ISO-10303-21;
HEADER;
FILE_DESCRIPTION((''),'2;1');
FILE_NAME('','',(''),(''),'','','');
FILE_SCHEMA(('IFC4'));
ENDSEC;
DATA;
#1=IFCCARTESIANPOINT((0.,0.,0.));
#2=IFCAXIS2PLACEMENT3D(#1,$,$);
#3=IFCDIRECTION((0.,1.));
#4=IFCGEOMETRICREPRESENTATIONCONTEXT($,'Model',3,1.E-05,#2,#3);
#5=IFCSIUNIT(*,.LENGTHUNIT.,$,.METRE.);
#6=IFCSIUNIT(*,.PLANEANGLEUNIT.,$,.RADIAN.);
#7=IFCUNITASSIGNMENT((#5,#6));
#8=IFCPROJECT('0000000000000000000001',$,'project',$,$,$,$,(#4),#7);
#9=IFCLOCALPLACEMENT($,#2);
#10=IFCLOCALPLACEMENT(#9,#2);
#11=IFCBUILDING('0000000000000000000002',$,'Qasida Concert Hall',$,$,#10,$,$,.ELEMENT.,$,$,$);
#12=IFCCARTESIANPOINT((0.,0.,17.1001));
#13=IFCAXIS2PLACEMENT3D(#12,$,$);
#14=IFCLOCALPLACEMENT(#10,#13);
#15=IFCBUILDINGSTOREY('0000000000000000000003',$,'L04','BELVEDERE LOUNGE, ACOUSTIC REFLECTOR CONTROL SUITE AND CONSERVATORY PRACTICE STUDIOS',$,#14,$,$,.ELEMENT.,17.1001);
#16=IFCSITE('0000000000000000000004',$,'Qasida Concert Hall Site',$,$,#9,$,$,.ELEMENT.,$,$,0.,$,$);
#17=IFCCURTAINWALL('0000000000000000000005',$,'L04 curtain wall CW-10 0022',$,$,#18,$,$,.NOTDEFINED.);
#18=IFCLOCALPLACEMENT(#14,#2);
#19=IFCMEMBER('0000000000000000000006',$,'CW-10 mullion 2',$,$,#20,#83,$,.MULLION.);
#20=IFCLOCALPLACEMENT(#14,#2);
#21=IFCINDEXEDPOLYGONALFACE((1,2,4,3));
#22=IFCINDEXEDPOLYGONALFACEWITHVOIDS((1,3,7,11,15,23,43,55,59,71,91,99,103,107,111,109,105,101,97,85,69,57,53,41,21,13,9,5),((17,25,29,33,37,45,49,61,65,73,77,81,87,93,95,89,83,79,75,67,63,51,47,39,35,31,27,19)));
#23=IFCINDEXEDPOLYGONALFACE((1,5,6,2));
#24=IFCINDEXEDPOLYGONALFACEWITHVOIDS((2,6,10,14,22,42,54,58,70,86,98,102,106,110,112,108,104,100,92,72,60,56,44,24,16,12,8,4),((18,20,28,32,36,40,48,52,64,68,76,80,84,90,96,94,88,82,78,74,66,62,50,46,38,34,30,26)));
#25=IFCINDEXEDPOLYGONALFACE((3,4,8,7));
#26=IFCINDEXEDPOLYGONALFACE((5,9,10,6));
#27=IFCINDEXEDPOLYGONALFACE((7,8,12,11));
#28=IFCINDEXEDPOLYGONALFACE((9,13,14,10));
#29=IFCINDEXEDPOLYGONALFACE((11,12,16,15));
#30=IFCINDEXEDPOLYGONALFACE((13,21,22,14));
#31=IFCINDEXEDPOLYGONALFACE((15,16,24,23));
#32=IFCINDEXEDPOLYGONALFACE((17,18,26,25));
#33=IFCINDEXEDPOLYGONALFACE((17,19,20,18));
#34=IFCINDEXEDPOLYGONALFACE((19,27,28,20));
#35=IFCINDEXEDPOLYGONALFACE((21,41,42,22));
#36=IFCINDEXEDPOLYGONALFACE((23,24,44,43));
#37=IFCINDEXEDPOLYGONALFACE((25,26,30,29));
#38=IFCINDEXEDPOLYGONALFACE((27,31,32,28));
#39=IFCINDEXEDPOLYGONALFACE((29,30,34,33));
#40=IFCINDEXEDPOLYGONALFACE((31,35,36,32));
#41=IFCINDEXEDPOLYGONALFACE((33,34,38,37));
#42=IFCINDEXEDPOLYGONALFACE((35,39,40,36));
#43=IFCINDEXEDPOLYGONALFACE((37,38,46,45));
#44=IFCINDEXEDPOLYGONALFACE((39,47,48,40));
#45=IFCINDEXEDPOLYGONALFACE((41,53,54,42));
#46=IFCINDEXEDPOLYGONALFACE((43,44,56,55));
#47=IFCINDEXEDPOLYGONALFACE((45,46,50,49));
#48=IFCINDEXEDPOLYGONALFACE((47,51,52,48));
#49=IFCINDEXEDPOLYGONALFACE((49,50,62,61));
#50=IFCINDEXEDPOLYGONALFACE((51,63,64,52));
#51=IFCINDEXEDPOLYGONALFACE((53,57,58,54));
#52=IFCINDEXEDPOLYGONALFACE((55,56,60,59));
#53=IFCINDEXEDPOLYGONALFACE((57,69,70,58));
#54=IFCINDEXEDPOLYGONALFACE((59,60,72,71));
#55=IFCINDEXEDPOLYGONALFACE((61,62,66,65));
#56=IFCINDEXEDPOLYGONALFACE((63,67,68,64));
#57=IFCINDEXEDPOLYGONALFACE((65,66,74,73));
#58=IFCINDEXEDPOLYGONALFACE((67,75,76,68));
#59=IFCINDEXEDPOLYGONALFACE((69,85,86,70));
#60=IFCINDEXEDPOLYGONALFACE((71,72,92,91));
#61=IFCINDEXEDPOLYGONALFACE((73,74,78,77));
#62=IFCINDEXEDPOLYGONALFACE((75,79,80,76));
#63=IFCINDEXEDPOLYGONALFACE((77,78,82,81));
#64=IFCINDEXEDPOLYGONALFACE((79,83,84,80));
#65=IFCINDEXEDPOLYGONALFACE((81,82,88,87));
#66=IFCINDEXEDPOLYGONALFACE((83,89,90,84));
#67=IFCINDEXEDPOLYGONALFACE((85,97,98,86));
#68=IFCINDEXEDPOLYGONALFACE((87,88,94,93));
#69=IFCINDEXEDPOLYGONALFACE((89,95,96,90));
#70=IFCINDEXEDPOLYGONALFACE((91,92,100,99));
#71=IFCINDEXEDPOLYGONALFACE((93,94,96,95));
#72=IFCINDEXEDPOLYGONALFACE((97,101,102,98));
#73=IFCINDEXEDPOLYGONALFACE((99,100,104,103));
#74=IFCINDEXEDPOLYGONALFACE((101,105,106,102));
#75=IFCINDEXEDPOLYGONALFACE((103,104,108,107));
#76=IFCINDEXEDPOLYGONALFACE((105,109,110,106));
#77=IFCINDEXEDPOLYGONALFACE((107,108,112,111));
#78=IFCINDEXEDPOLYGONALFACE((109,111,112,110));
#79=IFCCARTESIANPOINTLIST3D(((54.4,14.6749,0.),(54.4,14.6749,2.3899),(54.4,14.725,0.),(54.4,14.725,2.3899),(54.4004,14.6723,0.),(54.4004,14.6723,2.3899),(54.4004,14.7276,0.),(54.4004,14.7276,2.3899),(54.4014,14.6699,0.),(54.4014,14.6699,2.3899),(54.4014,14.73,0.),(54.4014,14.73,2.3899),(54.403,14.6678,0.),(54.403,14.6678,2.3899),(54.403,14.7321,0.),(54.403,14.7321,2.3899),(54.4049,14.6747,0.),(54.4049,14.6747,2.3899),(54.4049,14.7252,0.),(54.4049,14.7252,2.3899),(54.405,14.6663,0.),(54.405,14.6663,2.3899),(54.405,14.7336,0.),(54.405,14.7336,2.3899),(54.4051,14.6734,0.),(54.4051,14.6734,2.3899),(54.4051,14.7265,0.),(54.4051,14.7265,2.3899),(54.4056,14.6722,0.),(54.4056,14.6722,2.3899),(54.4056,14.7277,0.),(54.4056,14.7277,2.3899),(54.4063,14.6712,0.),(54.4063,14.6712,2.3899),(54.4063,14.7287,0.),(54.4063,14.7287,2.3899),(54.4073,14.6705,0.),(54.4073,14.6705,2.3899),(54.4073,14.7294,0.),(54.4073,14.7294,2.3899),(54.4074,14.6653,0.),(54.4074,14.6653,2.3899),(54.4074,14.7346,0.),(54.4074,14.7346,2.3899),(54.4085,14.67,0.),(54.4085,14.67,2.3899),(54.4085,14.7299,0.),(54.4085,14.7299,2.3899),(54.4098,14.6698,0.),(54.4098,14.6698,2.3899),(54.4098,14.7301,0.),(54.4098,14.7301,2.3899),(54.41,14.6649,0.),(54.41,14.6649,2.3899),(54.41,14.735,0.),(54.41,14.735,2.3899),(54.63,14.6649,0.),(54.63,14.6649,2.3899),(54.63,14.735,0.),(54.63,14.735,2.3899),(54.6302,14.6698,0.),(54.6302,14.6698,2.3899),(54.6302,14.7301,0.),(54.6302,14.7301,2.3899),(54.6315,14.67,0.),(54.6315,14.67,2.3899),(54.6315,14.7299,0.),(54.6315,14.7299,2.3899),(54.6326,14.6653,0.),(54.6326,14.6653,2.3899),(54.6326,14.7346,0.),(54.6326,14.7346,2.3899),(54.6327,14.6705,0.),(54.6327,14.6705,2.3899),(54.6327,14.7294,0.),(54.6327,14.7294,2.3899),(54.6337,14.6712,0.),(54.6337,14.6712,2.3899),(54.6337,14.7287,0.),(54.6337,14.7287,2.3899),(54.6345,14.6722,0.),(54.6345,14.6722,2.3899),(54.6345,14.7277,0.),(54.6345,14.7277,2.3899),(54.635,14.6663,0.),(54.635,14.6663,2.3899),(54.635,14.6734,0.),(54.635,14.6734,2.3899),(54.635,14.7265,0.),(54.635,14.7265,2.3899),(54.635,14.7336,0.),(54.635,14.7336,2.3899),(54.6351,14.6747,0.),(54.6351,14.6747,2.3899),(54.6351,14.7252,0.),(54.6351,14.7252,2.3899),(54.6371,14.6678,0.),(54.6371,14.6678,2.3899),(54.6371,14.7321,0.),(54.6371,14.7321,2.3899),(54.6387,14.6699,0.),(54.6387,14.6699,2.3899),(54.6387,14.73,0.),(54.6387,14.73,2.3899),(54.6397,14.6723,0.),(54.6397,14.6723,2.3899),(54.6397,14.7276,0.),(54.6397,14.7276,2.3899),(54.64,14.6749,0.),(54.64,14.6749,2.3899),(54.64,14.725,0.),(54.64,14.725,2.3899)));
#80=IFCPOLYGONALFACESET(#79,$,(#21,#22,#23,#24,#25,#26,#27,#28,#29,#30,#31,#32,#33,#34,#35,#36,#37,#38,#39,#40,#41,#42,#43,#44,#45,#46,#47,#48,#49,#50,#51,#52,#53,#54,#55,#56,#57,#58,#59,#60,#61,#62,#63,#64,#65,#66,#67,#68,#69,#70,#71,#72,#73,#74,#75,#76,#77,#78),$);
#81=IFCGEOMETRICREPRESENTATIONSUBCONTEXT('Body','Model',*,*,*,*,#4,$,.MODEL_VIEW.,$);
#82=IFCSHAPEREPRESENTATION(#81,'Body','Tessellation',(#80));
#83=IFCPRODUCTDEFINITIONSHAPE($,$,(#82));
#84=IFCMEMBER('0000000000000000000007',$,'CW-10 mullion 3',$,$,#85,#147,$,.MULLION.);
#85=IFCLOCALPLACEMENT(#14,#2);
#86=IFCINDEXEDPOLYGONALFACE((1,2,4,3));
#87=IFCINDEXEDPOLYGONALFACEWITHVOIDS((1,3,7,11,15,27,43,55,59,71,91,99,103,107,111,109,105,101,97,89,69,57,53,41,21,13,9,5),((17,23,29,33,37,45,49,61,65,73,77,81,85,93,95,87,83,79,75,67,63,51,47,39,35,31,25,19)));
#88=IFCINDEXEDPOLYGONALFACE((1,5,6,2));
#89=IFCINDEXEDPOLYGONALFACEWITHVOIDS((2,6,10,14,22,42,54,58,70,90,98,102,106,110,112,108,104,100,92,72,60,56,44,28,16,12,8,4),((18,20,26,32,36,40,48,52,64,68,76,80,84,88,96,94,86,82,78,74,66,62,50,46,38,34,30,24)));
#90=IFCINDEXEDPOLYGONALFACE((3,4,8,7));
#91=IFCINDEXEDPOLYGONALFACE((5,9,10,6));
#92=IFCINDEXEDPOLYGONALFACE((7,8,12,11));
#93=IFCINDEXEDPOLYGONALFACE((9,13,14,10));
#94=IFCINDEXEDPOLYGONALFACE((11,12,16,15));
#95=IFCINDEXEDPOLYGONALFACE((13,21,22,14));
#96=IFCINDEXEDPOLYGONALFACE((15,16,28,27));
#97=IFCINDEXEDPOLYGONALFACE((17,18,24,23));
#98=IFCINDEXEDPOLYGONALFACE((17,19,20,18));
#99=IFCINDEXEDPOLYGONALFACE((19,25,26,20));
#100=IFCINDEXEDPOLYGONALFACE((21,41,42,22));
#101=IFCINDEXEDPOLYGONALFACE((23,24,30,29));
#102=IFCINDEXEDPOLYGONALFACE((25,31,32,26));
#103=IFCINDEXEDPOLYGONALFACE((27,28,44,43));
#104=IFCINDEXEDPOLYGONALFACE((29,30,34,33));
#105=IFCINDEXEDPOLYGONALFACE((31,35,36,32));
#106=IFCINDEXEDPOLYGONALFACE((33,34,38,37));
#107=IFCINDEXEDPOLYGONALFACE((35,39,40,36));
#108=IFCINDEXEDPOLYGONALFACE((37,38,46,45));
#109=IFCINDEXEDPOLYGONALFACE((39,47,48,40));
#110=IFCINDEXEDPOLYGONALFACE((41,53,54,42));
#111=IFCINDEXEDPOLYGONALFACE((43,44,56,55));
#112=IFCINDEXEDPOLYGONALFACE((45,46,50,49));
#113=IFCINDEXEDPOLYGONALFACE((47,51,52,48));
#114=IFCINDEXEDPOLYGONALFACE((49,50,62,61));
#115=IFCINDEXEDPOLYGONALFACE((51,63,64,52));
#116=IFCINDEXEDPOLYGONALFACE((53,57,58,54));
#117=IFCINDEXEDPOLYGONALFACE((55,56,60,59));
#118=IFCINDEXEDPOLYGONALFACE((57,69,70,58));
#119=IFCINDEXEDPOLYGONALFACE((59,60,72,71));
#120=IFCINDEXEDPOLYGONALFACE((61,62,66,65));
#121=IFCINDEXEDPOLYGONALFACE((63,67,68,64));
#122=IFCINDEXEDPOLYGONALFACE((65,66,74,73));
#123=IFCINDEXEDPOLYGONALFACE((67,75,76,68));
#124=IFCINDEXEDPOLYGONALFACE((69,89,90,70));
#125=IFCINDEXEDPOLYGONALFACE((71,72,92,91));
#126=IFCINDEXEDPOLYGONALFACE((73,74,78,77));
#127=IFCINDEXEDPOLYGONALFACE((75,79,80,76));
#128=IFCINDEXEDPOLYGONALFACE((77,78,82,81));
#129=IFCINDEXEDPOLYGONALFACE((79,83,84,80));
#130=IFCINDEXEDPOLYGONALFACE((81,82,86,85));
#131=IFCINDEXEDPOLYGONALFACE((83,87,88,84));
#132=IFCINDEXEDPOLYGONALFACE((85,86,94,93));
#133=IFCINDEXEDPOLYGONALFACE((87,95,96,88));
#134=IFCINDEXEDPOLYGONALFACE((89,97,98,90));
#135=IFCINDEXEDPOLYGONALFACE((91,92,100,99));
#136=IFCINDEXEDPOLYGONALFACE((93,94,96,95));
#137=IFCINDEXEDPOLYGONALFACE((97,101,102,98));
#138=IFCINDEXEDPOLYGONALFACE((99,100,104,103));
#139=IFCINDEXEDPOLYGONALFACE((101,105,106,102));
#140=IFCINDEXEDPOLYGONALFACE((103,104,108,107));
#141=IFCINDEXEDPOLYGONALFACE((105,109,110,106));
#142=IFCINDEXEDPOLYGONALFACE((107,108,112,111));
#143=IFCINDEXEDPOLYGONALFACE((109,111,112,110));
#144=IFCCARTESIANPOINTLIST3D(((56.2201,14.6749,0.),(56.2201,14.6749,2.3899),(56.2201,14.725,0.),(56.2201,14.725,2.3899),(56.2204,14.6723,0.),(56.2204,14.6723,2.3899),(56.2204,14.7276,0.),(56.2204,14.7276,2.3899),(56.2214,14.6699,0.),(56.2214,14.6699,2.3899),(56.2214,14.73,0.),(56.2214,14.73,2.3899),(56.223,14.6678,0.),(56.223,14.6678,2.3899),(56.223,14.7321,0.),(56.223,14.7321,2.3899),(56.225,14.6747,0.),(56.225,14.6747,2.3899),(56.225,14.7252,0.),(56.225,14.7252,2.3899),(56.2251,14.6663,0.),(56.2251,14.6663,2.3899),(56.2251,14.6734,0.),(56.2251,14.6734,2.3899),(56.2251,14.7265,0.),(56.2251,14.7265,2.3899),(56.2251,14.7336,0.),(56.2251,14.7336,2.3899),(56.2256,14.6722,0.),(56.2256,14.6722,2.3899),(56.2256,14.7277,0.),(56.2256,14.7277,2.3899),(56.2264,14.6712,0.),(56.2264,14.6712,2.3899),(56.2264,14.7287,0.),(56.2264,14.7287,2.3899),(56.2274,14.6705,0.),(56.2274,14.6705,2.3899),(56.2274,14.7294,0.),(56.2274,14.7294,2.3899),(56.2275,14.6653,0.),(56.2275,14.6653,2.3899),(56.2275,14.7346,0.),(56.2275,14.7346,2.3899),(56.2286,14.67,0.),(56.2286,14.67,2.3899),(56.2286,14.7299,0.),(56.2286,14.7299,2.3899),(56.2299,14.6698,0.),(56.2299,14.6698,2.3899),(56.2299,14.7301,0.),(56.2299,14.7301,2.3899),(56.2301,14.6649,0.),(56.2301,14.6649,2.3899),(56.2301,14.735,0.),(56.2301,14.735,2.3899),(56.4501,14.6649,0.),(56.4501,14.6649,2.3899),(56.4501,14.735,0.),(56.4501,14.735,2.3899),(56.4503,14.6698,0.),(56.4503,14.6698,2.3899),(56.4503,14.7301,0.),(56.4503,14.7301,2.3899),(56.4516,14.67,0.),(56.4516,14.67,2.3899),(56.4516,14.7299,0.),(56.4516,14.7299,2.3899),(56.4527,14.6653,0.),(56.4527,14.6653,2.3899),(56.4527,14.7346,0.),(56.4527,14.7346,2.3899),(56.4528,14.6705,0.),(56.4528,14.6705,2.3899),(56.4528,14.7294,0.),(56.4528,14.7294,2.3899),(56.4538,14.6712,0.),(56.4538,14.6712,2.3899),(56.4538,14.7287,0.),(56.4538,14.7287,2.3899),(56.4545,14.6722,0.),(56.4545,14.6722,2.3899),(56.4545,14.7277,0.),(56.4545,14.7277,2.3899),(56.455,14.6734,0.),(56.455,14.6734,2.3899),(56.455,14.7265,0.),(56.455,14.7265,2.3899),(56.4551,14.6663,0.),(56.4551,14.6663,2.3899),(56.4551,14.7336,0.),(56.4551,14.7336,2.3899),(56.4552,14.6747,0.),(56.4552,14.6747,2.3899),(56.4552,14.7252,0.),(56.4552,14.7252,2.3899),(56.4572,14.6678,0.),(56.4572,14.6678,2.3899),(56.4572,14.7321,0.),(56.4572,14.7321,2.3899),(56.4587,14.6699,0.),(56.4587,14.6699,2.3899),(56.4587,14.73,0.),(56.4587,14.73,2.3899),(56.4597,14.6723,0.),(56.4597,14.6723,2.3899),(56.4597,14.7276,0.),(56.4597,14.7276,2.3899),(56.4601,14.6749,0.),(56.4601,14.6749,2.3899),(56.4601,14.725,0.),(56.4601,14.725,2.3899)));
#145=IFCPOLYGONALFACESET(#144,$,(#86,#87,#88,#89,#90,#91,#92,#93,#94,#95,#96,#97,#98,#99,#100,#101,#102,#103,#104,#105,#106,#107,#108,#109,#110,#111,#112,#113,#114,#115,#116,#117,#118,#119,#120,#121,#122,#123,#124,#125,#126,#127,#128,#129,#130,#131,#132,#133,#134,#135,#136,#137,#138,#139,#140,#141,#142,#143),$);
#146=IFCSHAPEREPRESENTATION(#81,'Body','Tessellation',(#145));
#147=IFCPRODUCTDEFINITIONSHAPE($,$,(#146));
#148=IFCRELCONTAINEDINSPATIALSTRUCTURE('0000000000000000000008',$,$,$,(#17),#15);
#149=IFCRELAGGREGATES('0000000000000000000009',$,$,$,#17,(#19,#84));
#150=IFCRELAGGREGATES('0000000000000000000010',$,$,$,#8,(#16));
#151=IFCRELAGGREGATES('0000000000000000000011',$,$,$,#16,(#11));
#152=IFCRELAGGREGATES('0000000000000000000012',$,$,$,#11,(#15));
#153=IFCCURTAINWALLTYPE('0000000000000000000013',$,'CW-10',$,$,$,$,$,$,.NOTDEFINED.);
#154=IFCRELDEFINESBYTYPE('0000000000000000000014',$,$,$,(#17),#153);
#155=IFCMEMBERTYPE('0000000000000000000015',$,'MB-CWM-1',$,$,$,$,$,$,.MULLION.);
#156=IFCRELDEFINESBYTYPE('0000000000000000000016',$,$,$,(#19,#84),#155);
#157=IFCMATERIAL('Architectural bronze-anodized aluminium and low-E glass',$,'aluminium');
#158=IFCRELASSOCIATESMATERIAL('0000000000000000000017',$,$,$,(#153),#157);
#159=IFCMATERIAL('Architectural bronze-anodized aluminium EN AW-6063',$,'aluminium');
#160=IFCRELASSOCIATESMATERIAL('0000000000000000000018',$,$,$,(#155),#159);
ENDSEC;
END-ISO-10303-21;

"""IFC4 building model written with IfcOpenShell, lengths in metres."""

from ifc_helpers import new_model, si_unit, direction, frame, origin, origin_2d, place, context, subcontext, project, spatial, hollow_rectangle, extrude, material, material_profile, profile_set, type_object, element, aggregate, save


model = new_model("IFC4")

# Units and contexts
model_context = context("Model", 3, precision=1e-05, world=origin(), true_north=direction((0.0, 1.0)))
body_context = subcontext(model_context, "Body", "Model", "MODEL_VIEW")
ifc_project = project(units=[si_unit("LENGTHUNIT", "METRE"), si_unit("PLANEANGLEUNIT", "RADIAN")], contexts=[model_context])

# Site, building, storey
site_placement = place(None, origin())
site = spatial("IfcSite", under=ifc_project, at=site_placement, Name="Qasida Concert Hall Site", CompositionType="ELEMENT", RefElevation=0.0)
building_placement = place(site_placement, origin())
building = spatial("IfcBuilding", under=site, at=building_placement, Name="Qasida Concert Hall", CompositionType="ELEMENT")
storey_placement = place(building_placement, frame((0.0, 0.0, 17.1001)))
storey = spatial("IfcBuildingStorey", under=building, at=storey_placement, Name="L04", Description="BELVEDERE LOUNGE, ACOUSTIC REFLECTOR CONTROL SUITE AND CONSERVATORY PRACTICE STUDIOS", CompositionType="ELEMENT", Elevation=17.1001)

# Curtain wall, members
ifc_material_1 = material(Name="Architectural bronze-anodized aluminium and low-E glass", Category="aluminium")
curtain_wall_type = type_object("IfcCurtainWallType", Name="CW-10", PredefinedType="NOTDEFINED", material=ifc_material_1)
curtain_wall_placement = place(storey_placement, origin())
curtain_wall = element("IfcCurtainWall", 1, at=curtain_wall_placement, inside=storey, type_object=curtain_wall_type, Name="L04 curtain wall CW-10 0022", PredefinedType="NOTDEFINED")
ifc_material_2 = material(Name="Architectural bronze-anodized aluminium EN AW-6063", Category="aluminium")
ifc_material_profile_1 = material_profile(ifc_material_2, hollow_rectangle(XDim=0.0701, YDim=0.24, WallThickness=0.0049, InnerFilletRadius=0.0049, OuterFilletRadius=0.01, at=origin_2d()), Name="CWM 240x70x5")
ifc_profile_set_1 = profile_set([ifc_material_profile_1], Name="Architectural bronze-anodized aluminium EN AW-6063")
member_type_1 = type_object("IfcMemberType", Name="MB-CWM-1", PredefinedType="MULLION", material=ifc_profile_set_1)
member_1_placement = place(storey_placement, frame((54.52, 14.7, 0.0), z_axis=(0.0, 0.0, 1.0), x_axis=(0.0, 1.0, 0.0)))
member_1 = element("IfcMember", 2, at=member_1_placement, type_object=member_type_1, Name="CW-10 mullion 2", PredefinedType="MULLION", context=body_context, shape_type="SweptSolid", body=[
    extrude(hollow_rectangle(XDim=0.0701, YDim=0.24, WallThickness=0.0049, InnerFilletRadius=0.0049, OuterFilletRadius=0.01, at=origin_2d()), origin(), (0.0, 0.0, 1.0), 2.3899),
])
member_2_placement = place(storey_placement, frame((56.3401, 14.7, 0.0), z_axis=(0.0, 0.0, 1.0), x_axis=(0.0, 1.0, 0.0)))
member_2 = element("IfcMember", 3, at=member_2_placement, type_object=member_type_1, Name="CW-10 mullion 3", PredefinedType="MULLION", context=body_context, shape_type="SweptSolid", body=[
    extrude(hollow_rectangle(XDim=0.0701, YDim=0.24, WallThickness=0.0049, InnerFilletRadius=0.0049, OuterFilletRadius=0.01, at=origin_2d()), origin(), (0.0, 0.0, 1.0), 2.3899),
])
aggregate(curtain_wall, [member_1, member_2])

save(model, "model.ifc")
